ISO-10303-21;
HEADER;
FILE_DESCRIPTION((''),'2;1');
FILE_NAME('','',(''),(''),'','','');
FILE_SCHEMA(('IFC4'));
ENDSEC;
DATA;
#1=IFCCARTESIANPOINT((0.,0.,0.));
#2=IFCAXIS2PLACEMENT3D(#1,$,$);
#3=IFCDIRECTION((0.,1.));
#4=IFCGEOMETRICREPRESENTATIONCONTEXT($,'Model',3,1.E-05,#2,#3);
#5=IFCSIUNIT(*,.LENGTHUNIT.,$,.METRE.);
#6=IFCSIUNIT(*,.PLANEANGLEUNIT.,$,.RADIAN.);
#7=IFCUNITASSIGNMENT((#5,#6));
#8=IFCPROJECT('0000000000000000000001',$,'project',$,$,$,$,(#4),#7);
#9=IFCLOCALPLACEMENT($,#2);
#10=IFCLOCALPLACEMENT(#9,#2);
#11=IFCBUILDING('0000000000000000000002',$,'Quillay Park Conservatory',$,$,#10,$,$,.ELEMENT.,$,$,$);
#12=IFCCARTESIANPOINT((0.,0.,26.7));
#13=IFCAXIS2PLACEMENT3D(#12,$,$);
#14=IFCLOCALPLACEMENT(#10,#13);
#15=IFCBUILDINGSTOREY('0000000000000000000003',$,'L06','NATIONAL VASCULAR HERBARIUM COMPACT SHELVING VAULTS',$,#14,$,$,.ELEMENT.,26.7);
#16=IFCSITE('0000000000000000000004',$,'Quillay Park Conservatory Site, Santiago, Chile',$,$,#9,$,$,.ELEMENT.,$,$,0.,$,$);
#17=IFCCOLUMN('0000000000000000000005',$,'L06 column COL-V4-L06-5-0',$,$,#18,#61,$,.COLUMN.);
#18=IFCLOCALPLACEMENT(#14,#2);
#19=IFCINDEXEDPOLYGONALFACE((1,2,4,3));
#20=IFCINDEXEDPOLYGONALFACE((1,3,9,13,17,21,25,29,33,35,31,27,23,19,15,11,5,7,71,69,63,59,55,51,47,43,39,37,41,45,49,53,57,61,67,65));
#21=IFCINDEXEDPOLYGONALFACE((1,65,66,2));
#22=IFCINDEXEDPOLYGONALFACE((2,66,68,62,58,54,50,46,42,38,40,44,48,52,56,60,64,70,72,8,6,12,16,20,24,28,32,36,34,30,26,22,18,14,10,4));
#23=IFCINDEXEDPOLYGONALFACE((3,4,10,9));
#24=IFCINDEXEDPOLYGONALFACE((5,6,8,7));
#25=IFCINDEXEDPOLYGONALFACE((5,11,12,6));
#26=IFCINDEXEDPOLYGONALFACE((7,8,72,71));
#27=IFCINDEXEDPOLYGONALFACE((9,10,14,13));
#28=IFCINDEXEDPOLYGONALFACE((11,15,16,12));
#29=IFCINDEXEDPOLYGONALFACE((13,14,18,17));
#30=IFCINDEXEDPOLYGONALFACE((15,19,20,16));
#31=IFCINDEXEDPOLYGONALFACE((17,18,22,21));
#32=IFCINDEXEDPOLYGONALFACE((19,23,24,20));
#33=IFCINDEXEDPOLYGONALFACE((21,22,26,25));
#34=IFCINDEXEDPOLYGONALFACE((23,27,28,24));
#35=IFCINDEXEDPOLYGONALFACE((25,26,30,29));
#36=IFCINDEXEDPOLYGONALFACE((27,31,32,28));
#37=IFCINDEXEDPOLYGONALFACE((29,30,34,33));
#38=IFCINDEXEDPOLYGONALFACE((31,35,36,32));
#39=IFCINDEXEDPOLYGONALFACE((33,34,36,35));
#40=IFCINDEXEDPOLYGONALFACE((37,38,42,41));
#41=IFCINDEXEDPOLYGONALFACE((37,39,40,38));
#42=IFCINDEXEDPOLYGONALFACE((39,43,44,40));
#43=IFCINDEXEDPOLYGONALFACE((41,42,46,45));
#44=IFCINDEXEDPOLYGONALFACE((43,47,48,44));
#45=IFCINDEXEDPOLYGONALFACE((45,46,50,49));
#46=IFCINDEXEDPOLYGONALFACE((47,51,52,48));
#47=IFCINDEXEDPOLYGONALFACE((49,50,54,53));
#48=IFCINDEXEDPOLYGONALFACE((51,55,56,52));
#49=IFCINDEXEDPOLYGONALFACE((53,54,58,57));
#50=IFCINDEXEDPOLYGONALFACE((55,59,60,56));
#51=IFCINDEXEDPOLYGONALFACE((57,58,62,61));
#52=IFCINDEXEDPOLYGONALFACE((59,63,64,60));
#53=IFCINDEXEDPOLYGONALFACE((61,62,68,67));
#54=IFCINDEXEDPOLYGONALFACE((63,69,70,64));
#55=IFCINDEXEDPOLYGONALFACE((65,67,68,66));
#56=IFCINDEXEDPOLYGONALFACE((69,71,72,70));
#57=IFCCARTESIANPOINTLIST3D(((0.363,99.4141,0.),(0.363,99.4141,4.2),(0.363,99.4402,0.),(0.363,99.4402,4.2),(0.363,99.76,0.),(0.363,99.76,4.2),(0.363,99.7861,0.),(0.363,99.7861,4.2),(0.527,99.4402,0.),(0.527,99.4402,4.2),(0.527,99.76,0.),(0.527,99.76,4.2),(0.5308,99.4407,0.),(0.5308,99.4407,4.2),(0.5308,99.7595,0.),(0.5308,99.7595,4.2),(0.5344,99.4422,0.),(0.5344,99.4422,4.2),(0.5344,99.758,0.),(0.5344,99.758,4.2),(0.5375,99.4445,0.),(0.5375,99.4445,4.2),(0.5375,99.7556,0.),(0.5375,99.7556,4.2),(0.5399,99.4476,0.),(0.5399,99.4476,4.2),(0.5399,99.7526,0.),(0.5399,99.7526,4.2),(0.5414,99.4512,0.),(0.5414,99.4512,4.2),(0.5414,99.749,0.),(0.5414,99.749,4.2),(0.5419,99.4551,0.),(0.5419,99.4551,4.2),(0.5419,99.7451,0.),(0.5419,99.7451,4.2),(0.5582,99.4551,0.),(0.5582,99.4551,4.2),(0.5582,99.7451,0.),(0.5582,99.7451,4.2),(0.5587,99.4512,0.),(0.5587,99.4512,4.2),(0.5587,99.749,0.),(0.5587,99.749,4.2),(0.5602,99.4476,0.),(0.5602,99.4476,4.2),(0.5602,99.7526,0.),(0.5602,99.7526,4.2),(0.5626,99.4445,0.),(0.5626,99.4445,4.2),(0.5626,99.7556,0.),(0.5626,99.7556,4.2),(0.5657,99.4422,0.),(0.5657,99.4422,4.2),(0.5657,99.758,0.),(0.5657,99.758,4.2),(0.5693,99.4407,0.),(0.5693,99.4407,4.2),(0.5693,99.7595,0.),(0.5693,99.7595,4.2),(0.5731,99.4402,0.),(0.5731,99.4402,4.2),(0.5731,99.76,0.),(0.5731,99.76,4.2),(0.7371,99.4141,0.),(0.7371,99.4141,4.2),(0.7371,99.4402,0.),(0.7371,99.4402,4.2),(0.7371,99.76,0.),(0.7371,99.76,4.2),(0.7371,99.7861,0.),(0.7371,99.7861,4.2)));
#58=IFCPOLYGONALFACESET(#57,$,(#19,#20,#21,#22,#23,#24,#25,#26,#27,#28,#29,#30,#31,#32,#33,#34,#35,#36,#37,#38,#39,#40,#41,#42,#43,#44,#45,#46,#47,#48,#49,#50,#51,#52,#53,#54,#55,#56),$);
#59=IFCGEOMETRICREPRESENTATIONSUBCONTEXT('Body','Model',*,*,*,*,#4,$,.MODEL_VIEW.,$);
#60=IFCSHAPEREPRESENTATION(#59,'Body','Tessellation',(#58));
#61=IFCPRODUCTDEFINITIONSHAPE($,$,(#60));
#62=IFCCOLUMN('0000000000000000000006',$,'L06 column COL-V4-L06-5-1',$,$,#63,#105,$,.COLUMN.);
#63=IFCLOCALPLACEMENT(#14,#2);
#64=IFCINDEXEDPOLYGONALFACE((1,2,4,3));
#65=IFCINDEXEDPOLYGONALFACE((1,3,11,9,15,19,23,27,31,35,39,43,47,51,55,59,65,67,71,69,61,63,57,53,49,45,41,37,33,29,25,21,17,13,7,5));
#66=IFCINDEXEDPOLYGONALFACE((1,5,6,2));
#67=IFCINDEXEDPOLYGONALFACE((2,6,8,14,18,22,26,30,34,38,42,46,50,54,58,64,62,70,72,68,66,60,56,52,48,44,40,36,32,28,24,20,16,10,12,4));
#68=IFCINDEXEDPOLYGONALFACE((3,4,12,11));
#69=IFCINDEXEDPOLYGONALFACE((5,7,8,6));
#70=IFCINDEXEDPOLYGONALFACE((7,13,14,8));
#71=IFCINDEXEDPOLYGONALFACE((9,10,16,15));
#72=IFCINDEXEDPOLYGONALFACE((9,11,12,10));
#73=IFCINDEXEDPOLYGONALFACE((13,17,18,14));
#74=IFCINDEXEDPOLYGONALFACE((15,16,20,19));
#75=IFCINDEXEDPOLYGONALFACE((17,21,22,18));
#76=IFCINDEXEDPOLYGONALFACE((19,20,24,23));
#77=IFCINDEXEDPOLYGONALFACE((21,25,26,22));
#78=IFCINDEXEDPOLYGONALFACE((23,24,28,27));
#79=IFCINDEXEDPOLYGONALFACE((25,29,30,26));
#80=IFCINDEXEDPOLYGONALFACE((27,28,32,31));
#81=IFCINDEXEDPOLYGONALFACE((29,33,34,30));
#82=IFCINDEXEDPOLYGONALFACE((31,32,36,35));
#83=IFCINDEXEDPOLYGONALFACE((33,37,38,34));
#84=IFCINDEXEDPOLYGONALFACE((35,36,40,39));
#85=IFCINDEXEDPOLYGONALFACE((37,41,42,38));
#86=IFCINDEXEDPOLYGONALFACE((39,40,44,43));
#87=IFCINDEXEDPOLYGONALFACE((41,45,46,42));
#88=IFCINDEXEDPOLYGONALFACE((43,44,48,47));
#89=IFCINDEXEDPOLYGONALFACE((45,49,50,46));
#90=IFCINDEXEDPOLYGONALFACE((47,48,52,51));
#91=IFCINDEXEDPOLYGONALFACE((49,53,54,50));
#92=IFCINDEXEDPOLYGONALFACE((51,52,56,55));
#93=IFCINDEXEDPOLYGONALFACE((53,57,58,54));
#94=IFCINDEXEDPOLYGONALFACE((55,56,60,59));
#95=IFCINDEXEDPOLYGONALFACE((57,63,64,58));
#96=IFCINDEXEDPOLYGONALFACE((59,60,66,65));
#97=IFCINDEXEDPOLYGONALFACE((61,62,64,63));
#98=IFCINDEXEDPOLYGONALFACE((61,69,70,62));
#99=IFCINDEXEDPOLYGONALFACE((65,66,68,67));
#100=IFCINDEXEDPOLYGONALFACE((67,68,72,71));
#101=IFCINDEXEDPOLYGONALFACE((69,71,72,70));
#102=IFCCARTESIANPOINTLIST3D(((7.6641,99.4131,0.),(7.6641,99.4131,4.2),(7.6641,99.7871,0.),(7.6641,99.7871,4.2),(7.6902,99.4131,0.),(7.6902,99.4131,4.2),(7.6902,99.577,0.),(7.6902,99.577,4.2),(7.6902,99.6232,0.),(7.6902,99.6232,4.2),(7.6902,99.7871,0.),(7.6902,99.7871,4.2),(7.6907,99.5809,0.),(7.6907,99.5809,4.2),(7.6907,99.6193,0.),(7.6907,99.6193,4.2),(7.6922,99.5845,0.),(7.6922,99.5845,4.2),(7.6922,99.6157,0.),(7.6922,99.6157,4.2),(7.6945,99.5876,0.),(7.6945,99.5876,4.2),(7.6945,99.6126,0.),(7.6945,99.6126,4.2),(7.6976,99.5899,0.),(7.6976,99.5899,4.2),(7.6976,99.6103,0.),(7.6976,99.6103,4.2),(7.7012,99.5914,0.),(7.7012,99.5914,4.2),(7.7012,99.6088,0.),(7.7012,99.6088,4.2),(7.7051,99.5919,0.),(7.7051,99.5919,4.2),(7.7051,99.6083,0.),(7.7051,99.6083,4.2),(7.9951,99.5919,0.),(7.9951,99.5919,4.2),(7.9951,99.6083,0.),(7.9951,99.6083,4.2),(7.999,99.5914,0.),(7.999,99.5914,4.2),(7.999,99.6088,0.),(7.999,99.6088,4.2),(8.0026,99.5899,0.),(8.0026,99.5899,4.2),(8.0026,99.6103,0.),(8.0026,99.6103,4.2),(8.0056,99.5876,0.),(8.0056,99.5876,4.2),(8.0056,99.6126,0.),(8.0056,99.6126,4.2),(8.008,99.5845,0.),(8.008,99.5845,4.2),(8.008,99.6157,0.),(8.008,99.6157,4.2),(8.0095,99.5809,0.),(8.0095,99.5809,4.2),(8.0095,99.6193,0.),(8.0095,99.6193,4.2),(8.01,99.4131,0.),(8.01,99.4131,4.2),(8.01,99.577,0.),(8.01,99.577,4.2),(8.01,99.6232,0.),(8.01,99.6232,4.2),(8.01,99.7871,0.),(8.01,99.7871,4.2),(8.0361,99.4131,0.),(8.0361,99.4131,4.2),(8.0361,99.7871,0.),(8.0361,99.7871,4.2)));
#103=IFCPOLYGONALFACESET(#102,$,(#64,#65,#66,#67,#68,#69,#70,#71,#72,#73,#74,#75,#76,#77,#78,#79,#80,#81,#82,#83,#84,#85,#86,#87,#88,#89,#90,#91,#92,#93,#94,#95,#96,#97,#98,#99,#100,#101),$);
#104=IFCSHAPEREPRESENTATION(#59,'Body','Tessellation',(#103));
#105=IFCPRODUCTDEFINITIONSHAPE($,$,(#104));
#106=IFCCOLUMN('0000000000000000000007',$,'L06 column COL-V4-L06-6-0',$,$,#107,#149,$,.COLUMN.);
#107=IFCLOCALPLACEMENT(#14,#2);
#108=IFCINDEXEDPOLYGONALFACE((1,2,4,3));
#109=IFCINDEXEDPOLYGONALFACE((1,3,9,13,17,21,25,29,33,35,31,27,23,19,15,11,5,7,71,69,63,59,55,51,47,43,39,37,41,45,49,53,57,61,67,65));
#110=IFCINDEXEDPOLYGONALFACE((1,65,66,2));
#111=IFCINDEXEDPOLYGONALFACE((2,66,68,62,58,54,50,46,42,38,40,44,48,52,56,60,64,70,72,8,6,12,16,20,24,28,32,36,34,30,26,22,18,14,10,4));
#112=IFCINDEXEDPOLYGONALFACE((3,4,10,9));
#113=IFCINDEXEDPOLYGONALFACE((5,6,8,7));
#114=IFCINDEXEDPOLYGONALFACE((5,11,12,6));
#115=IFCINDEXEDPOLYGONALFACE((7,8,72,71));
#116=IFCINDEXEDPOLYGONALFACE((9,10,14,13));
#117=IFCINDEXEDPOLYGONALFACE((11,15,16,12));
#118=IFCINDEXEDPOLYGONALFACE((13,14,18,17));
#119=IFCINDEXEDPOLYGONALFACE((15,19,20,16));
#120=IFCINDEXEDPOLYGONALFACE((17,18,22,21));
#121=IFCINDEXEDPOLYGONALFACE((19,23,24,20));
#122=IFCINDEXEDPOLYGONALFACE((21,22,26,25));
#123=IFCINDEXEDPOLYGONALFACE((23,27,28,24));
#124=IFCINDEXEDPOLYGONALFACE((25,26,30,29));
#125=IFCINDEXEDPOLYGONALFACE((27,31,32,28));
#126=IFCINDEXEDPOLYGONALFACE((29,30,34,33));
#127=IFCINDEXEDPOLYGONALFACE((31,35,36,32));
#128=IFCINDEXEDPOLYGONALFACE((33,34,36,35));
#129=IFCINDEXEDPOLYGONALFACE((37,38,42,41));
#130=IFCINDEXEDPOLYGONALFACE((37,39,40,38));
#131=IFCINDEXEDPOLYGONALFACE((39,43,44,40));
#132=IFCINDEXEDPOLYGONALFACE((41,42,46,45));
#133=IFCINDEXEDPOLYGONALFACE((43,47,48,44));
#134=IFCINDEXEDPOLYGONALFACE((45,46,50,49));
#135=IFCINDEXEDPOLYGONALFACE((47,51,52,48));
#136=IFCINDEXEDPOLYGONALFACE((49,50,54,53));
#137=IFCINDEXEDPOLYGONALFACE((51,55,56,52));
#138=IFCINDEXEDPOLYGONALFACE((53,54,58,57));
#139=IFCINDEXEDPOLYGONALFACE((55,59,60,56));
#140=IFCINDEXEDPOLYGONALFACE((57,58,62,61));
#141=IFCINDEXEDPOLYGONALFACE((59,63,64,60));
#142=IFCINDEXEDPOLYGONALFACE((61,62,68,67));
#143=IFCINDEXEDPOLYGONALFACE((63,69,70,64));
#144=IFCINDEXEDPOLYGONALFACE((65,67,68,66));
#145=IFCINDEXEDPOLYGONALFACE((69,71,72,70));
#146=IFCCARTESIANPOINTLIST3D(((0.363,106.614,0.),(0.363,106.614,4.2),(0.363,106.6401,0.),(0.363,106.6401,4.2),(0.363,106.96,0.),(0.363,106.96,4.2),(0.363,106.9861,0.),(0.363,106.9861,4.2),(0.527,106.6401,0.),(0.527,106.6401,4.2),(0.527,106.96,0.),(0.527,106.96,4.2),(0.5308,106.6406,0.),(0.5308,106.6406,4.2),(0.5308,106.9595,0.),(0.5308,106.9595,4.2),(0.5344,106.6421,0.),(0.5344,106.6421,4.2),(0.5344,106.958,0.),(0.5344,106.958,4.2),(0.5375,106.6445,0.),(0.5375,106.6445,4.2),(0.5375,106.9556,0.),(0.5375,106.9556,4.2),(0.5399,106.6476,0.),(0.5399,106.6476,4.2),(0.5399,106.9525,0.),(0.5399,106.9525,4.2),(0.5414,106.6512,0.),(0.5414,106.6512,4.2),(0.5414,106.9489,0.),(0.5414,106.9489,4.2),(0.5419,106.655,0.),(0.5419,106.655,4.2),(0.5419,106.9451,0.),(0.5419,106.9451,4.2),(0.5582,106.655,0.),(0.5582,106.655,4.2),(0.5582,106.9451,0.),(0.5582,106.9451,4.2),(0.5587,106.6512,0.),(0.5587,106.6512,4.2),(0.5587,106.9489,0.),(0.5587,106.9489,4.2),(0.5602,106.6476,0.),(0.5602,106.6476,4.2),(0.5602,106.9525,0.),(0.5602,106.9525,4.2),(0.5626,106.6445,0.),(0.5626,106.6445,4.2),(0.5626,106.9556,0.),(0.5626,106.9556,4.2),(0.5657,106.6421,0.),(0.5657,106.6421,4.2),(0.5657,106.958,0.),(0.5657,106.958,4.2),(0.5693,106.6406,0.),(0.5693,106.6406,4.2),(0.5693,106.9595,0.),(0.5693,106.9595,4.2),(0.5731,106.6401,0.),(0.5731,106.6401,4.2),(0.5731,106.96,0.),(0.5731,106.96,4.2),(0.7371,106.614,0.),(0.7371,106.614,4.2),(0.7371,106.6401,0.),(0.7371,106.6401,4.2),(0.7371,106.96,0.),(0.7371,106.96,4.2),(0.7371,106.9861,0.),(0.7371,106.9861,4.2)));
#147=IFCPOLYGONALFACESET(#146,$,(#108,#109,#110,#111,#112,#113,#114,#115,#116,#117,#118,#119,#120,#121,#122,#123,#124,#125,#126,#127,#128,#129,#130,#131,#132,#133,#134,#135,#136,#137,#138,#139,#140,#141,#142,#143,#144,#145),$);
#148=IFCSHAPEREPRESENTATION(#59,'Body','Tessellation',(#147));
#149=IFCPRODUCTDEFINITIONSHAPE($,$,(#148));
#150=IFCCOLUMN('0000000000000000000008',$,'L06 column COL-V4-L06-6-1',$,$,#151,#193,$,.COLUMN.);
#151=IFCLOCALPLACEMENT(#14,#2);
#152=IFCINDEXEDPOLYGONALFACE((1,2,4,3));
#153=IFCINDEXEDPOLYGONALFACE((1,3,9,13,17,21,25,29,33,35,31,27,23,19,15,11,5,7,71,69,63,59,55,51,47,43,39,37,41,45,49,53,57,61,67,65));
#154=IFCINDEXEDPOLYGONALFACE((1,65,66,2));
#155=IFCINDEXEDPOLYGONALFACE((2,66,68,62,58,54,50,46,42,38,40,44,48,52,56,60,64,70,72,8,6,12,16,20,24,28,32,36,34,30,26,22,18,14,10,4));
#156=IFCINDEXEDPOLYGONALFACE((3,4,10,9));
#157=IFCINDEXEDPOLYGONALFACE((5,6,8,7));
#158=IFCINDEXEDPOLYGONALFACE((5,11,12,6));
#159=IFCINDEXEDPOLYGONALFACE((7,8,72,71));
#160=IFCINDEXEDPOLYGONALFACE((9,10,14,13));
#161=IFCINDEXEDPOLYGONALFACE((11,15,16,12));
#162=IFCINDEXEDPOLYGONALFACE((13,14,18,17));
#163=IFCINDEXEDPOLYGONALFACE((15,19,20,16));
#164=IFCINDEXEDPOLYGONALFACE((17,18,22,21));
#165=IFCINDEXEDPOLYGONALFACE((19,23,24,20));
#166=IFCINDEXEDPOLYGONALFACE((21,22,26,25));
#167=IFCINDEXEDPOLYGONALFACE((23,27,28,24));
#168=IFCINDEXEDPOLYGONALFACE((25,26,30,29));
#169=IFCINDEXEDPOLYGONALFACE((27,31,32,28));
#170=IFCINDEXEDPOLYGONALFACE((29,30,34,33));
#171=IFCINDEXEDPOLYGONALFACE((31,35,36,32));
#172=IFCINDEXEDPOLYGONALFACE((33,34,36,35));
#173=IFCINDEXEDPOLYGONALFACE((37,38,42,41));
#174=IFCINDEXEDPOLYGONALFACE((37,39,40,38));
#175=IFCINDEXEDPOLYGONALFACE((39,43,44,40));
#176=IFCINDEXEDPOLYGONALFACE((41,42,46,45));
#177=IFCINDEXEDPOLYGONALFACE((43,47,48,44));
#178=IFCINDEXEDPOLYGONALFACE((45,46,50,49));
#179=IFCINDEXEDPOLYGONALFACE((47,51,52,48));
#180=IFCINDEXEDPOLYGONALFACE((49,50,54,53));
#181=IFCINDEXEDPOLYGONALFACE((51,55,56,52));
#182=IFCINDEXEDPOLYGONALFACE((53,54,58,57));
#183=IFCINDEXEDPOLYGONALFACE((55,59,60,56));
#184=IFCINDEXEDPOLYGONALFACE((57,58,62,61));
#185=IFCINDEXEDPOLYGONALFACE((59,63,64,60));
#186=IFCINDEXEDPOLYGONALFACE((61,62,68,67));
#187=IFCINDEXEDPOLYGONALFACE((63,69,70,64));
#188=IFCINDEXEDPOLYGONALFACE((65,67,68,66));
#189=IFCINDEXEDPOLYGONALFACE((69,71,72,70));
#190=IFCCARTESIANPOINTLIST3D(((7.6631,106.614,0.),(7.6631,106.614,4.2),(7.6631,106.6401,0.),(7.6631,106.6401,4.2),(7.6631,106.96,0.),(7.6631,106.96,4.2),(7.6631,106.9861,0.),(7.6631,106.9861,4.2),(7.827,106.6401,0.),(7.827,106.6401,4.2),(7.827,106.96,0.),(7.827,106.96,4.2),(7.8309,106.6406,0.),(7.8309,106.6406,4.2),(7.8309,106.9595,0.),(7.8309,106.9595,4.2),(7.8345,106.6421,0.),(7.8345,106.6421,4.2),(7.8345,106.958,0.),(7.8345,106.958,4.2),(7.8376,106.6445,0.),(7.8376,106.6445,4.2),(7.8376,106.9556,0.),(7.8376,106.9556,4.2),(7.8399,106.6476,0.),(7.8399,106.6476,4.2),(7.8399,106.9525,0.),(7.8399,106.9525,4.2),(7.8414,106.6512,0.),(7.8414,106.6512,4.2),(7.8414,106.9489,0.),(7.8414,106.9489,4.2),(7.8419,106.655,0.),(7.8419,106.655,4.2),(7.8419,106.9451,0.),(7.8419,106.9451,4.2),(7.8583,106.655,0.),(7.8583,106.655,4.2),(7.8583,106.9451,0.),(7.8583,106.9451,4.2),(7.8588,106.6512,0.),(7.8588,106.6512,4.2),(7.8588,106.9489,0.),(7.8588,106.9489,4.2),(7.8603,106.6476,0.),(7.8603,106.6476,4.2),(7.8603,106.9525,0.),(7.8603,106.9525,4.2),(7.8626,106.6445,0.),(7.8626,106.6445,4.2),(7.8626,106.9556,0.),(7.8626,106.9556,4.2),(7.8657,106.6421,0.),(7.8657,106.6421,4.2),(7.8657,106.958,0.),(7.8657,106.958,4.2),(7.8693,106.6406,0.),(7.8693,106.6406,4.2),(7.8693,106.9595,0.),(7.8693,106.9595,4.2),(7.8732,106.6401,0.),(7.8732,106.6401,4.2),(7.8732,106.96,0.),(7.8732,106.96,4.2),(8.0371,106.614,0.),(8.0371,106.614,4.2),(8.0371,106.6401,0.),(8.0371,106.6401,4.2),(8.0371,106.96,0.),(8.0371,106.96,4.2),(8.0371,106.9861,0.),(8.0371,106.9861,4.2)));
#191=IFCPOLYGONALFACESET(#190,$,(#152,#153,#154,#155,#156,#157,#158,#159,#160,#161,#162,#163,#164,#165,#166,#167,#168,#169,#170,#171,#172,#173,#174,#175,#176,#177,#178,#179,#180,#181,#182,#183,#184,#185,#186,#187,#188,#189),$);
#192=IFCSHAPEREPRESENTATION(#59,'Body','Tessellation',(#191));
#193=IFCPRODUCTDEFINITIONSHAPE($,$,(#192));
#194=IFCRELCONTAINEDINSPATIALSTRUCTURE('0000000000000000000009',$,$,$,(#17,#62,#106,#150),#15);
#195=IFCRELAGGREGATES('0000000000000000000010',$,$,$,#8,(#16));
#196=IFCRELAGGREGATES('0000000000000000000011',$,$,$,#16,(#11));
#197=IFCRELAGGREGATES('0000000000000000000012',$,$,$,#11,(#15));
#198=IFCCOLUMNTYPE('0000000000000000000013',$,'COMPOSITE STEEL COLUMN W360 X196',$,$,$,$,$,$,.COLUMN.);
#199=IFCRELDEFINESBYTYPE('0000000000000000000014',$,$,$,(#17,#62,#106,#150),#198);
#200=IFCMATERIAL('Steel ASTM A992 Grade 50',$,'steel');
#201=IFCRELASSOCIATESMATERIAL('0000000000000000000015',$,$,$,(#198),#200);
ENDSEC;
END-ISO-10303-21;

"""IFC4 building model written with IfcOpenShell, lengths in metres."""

from ifc_helpers import new_model, si_unit, direction, frame, origin, origin_2d, place, context, subcontext, project, spatial, i_section, extrude, material, material_profile, profile_set, type_object, element, save


model = new_model("IFC4")

# Units and contexts
model_context = context("Model", 3, precision=1e-05, world=origin(), true_north=direction((0.0, 1.0)))
body_context = subcontext(model_context, "Body", "Model", "MODEL_VIEW")
ifc_project = project(units=[si_unit("LENGTHUNIT", "METRE"), si_unit("PLANEANGLEUNIT", "RADIAN")], contexts=[model_context])

# Site, building, storey
site_placement = place(None, origin())
site = spatial("IfcSite", under=ifc_project, at=site_placement, Name="Quillay Park Conservatory Site, Santiago, Chile", CompositionType="ELEMENT", RefElevation=0.0)
building_placement = place(site_placement, origin())
building = spatial("IfcBuilding", under=site, at=building_placement, Name="Quillay Park Conservatory", CompositionType="ELEMENT")
storey_placement = place(building_placement, frame((0.0, 0.0, 26.7)))
storey = spatial("IfcBuildingStorey", under=building, at=storey_placement, Name="L06", Description="NATIONAL VASCULAR HERBARIUM COMPACT SHELVING VAULTS", CompositionType="ELEMENT", Elevation=26.7)

# Columns
ifc_material_1 = material(Name="Steel ASTM A992 Grade 50", Category="steel")
ifc_material_profile_1 = material_profile(ifc_material_1, i_section(OverallWidth=0.374, OverallDepth=0.3721, WebThickness=0.0164, FlangeThickness=0.0261, FilletRadius=0.0149, at=origin_2d()), Name="W360x196")
ifc_profile_set_1 = profile_set([ifc_material_profile_1], Name="Steel ASTM A992 Grade 50")
column_type = type_object("IfcColumnType", Name="COMPOSITE STEEL COLUMN W360 X196", PredefinedType="COLUMN", material=ifc_profile_set_1)
for number, where, z_axis, x_axis, name in (
    (1, (0.55, 99.6001, 0.0), (0.0, 0.0, 1.0), (1.0, 0.0, 0.0), "L06 column COL-V4-L06-5-0"),
    (2, (7.8501, 99.6001, 0.0), (0.0, 0.0, 1.0), (0.0, 1.0, 0.0), "L06 column COL-V4-L06-5-1"),
    (3, (0.55, 106.8, 0.0), (0.0, 0.0, 1.0), (1.0, 0.0, 0.0), "L06 column COL-V4-L06-6-0"),
    (4, (7.8501, 106.8, 0.0), (0.0, 0.0, 1.0), (1.0, 0.0, 0.0), "L06 column COL-V4-L06-6-1"),
):
    element("IfcColumn", number, at=place(storey_placement, frame(where, z_axis=z_axis, x_axis=x_axis)), inside=storey, type_object=column_type, Name=name, PredefinedType="COLUMN", context=body_context, shape_type="SweptSolid", body=[
        extrude(i_section(OverallWidth=0.374, OverallDepth=0.3721, WebThickness=0.0164, FlangeThickness=0.0261, FilletRadius=0.0149, at=origin_2d()), origin(), (0.0, 0.0, 1.0), 4.2),
    ])

save(model, "model.ifc")
